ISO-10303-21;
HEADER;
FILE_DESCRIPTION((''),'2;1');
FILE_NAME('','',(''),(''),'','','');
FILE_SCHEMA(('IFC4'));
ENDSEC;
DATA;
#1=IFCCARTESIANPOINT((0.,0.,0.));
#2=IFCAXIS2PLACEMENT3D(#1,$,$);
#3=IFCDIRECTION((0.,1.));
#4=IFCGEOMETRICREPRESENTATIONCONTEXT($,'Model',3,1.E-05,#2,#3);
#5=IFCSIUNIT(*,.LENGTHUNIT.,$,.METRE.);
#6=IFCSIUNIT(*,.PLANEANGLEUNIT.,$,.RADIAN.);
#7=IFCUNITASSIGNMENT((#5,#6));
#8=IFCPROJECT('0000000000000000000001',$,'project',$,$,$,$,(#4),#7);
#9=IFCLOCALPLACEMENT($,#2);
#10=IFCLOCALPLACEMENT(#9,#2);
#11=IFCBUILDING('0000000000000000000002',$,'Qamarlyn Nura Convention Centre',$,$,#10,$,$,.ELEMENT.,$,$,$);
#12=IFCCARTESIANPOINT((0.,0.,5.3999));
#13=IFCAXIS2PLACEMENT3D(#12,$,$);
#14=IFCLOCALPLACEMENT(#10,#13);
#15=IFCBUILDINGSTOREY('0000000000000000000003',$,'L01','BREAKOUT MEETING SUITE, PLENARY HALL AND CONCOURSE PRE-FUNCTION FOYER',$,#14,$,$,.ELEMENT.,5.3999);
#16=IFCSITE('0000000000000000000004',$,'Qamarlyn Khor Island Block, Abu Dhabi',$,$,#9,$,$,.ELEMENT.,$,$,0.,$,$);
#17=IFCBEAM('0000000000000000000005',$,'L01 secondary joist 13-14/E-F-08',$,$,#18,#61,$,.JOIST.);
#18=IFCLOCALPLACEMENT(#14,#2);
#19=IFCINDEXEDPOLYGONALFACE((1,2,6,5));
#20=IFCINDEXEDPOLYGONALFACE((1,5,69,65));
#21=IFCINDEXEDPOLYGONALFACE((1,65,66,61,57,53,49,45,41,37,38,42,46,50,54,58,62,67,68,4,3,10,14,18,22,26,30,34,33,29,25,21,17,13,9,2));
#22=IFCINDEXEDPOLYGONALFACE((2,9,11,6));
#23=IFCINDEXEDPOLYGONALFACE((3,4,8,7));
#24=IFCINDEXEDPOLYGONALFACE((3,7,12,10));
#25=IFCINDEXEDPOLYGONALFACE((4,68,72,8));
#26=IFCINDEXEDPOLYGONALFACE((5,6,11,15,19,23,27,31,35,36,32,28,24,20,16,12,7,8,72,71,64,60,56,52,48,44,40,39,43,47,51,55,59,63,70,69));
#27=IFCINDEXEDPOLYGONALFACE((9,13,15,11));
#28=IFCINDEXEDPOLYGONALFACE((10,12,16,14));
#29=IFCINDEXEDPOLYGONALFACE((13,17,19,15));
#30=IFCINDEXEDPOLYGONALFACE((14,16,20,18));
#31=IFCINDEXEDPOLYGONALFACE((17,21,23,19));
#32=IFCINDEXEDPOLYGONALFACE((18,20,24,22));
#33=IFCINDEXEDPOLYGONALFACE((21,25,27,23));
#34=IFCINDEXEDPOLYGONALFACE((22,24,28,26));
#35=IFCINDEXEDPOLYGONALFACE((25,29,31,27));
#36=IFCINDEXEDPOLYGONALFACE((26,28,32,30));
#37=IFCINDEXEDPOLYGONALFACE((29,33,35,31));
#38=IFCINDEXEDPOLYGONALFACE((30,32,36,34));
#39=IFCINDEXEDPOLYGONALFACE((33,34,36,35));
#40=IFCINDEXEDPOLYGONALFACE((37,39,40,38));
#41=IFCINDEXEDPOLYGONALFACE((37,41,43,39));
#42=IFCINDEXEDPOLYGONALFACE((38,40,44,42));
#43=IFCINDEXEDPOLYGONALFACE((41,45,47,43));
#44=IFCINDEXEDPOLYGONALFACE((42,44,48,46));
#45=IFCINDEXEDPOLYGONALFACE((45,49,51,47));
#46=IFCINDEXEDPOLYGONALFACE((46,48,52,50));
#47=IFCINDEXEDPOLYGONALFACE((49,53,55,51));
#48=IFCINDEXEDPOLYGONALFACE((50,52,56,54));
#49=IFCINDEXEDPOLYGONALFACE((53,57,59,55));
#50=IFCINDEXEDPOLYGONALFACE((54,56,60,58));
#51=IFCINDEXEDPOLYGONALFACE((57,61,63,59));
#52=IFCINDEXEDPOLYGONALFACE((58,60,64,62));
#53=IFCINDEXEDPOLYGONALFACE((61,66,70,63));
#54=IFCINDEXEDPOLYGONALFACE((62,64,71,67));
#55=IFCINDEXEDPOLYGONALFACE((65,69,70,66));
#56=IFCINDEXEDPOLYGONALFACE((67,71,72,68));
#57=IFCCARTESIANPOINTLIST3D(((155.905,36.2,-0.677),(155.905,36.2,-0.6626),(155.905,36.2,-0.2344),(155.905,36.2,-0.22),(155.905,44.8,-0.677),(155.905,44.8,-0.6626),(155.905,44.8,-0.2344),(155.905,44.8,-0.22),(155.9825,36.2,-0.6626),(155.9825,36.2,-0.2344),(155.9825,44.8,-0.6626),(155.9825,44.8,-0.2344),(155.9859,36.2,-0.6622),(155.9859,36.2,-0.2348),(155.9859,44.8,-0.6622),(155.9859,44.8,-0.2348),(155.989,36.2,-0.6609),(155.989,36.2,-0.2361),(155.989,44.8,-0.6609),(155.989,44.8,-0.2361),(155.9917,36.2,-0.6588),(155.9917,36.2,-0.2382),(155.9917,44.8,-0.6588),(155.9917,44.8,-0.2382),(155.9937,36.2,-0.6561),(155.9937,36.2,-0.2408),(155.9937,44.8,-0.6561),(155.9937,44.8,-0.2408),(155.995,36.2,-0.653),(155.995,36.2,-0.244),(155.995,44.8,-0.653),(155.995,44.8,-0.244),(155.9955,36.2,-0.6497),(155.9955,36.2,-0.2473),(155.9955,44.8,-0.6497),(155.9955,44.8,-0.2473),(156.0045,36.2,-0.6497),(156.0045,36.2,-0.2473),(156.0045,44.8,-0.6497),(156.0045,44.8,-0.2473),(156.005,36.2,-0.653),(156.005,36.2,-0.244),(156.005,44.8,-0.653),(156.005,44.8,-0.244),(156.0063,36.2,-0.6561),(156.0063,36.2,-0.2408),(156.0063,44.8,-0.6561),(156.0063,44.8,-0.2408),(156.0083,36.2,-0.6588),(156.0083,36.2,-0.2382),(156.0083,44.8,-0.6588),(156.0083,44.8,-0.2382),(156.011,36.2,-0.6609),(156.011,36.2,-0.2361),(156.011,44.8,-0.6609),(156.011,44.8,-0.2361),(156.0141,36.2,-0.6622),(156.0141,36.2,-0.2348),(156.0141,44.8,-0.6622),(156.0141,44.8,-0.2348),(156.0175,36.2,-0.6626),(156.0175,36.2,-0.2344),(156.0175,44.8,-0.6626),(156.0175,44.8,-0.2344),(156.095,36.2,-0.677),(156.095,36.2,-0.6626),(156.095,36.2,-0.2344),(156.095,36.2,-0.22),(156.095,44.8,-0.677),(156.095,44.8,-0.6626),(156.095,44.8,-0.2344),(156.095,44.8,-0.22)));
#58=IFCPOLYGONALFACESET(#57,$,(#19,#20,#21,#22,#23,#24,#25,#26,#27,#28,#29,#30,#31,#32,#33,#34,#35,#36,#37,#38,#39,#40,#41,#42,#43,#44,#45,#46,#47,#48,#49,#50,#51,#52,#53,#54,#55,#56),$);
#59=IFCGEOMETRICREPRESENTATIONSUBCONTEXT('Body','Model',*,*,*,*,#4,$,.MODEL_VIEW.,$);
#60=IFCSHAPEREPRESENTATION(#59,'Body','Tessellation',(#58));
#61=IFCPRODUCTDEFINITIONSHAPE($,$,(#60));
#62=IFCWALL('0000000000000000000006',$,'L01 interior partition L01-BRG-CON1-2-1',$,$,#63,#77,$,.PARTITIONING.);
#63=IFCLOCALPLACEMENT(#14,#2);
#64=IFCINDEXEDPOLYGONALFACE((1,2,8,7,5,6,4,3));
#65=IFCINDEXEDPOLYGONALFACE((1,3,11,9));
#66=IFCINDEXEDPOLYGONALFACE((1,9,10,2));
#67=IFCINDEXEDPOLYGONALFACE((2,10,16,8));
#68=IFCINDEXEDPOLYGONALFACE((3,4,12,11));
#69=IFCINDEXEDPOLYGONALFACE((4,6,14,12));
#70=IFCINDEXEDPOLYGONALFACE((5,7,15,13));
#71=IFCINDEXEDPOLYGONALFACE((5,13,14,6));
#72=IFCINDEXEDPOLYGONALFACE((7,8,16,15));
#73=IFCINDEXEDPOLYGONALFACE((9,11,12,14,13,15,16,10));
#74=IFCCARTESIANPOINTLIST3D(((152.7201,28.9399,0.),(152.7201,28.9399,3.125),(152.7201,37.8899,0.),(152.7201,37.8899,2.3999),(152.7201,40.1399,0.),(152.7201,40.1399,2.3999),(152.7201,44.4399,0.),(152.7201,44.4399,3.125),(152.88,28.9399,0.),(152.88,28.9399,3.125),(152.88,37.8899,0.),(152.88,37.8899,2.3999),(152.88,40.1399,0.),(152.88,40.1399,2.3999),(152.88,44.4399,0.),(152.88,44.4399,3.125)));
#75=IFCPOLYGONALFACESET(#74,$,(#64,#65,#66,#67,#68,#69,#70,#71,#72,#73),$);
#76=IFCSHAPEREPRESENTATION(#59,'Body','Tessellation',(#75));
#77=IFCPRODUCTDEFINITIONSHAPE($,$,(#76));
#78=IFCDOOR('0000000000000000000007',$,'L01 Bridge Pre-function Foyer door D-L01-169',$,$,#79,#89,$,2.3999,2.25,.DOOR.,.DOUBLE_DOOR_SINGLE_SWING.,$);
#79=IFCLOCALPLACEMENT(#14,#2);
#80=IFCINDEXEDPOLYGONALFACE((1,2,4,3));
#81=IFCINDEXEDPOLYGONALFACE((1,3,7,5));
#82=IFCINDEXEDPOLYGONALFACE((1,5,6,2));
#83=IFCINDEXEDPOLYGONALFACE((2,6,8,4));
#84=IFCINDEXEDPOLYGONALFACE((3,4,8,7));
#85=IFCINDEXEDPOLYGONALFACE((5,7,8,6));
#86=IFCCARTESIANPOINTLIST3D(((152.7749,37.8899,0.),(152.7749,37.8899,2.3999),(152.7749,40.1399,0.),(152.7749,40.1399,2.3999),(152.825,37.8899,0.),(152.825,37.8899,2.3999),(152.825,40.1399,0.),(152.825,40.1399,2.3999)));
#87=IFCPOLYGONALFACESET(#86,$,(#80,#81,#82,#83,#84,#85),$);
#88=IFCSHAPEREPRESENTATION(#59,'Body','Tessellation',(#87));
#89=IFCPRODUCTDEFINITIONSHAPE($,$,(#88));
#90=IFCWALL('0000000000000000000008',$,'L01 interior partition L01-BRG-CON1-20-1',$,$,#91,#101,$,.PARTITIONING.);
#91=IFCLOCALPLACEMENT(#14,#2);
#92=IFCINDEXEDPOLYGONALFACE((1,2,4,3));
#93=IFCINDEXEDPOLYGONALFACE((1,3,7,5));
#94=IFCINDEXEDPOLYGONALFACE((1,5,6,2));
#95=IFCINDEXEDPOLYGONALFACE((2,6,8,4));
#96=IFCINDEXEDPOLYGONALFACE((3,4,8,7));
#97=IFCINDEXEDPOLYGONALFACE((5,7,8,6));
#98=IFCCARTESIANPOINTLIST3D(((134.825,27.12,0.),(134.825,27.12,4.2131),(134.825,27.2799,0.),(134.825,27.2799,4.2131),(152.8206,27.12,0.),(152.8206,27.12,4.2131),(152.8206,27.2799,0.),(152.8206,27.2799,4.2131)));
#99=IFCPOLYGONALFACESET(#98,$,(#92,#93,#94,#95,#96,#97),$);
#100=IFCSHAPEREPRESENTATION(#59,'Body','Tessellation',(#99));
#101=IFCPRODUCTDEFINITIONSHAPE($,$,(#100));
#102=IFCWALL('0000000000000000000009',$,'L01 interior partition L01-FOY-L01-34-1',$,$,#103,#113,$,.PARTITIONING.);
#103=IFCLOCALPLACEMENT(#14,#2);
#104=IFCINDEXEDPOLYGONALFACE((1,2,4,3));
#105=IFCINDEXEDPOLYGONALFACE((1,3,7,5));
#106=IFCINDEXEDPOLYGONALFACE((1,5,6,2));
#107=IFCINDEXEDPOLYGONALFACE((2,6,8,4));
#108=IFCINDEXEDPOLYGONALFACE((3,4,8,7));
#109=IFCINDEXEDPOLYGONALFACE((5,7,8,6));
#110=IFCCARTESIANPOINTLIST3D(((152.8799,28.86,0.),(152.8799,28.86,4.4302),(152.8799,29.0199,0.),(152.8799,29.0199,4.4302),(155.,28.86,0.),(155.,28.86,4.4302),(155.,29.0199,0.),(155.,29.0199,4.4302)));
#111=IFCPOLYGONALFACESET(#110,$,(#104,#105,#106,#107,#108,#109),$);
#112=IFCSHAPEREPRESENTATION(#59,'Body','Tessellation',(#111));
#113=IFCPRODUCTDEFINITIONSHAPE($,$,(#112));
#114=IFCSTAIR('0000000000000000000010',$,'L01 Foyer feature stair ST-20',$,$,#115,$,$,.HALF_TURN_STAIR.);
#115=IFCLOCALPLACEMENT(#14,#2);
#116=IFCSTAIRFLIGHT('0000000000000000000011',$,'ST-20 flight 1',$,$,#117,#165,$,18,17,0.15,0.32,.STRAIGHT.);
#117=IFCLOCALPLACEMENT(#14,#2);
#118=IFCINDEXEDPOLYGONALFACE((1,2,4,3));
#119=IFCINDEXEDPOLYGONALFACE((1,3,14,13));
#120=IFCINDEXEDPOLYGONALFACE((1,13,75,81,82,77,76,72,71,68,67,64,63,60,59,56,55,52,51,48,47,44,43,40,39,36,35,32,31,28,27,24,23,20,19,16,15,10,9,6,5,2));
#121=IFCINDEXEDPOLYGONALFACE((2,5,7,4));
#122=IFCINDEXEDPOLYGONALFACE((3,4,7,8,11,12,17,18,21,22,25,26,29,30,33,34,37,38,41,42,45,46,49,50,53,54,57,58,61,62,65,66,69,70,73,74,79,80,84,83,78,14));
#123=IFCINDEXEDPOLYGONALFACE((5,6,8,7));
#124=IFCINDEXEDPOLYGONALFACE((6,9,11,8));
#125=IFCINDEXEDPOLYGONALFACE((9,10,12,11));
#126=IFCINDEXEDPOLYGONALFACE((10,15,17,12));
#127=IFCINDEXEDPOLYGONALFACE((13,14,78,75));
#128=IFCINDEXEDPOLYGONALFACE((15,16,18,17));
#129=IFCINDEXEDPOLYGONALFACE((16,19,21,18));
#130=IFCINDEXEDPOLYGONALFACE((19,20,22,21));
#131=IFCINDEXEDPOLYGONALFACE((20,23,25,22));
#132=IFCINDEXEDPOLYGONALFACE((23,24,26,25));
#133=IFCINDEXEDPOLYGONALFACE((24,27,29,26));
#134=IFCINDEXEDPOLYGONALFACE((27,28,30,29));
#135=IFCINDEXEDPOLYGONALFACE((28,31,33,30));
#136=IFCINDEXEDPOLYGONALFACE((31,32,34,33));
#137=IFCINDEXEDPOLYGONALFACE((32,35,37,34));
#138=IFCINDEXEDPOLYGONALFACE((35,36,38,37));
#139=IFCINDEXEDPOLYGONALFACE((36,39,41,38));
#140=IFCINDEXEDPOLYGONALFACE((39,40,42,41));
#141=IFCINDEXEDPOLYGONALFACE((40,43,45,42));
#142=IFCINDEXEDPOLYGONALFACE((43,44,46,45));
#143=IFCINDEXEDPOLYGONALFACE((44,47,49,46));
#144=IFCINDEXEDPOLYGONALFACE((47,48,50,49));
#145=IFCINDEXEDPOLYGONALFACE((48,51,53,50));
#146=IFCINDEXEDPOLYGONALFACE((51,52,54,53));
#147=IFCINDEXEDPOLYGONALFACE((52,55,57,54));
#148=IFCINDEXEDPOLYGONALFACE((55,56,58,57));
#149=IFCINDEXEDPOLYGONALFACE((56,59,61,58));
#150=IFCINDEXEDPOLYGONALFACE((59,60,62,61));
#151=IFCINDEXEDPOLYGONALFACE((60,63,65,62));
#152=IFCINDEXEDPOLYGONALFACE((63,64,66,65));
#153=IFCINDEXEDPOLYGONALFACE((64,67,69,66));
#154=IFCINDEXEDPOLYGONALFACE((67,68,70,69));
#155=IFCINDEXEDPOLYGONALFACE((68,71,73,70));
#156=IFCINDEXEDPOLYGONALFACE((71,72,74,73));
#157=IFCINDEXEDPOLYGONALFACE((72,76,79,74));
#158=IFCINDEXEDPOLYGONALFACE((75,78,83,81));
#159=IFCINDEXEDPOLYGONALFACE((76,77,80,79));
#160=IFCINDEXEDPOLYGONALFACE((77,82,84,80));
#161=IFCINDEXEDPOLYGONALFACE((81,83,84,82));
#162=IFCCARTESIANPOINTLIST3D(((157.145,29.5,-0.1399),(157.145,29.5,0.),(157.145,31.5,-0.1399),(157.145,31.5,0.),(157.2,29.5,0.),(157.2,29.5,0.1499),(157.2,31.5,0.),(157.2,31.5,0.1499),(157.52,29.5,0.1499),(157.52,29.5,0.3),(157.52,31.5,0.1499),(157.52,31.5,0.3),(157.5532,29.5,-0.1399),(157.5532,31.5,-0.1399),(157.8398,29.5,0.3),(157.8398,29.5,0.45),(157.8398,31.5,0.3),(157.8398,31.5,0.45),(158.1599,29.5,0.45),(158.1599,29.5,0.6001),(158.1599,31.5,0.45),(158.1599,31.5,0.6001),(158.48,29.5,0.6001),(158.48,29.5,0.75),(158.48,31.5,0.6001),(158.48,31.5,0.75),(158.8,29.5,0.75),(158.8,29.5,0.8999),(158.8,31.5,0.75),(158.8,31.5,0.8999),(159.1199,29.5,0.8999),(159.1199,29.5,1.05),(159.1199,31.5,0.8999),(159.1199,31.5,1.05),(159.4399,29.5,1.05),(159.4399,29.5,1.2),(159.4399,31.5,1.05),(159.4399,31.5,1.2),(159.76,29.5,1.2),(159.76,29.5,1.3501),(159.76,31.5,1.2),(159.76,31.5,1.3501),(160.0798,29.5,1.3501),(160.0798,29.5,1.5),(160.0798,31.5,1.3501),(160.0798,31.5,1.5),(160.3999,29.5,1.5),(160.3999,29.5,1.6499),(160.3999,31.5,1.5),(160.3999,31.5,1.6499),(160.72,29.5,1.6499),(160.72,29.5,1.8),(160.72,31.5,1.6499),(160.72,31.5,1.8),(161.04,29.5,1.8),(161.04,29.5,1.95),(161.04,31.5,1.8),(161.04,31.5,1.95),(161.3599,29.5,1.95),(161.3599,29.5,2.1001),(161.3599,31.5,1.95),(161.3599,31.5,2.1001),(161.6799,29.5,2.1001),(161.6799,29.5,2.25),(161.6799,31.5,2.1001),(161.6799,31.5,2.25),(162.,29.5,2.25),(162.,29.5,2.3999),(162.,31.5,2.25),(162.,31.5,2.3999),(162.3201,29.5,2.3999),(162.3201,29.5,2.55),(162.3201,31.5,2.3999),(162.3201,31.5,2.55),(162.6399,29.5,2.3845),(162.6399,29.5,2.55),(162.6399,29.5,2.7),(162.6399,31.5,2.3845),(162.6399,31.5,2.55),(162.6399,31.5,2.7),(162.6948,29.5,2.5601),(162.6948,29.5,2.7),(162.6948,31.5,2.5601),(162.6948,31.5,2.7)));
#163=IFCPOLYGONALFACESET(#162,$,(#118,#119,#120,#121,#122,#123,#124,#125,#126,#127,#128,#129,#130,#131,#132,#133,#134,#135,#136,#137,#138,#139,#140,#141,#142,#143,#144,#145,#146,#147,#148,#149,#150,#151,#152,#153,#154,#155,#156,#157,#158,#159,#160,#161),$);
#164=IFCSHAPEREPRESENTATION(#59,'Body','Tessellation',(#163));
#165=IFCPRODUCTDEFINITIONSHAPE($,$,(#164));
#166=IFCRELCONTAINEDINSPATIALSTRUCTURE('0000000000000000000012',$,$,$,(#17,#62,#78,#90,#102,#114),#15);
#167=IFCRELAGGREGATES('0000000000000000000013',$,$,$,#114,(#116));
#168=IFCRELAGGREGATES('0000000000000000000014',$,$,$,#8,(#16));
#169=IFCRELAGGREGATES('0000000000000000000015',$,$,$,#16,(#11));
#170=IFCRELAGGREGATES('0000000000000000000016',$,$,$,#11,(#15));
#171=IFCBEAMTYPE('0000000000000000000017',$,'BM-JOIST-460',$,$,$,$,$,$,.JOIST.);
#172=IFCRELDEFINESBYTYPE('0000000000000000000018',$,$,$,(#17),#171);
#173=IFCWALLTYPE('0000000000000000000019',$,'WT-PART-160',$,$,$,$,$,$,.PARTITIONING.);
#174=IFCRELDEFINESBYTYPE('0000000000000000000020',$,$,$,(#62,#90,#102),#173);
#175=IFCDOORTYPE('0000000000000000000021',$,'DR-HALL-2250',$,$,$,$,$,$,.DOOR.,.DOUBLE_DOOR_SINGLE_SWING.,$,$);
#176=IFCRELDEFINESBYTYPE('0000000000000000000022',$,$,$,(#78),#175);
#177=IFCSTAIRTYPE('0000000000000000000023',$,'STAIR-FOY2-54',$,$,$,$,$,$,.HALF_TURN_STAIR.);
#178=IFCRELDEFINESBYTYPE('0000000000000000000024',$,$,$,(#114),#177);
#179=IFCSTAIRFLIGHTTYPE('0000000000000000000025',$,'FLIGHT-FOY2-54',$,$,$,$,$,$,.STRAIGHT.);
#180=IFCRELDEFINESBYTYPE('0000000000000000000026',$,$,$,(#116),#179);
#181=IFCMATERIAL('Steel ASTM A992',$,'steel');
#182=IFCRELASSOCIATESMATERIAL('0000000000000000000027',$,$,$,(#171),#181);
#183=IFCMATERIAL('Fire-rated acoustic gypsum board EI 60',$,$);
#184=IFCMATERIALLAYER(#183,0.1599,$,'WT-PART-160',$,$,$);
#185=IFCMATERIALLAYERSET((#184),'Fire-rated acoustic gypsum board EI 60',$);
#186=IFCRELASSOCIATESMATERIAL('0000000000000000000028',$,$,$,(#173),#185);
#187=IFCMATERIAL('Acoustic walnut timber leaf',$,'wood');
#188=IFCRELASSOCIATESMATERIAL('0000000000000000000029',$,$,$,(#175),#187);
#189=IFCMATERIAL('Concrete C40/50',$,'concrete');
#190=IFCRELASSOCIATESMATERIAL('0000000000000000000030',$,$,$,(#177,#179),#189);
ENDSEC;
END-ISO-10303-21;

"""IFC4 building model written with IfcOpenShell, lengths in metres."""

from ifc_helpers import new_model, si_unit, direction, frame, frame_2d, origin, origin_2d, place, context, subcontext, project, spatial, polyline, rectangle, i_section, outline, extrude, material, layer, layer_set, material_profile, profile_set, type_object, element, fill, aggregate, save


model = new_model("IFC4")

# Units and contexts
model_context = context("Model", 3, precision=1e-05, world=origin(), true_north=direction((0.0, 1.0)))
body_context = subcontext(model_context, "Body", "Model", "MODEL_VIEW")
ifc_project = project(units=[si_unit("LENGTHUNIT", "METRE"), si_unit("PLANEANGLEUNIT", "RADIAN")], contexts=[model_context])

# Site, building, storey
site_placement = place(None, origin())
site = spatial("IfcSite", under=ifc_project, at=site_placement, Name="Qamarlyn Khor Island Block, Abu Dhabi", CompositionType="ELEMENT", RefElevation=0.0)
building_placement = place(site_placement, origin())
building = spatial("IfcBuilding", under=site, at=building_placement, Name="Qamarlyn Nura Convention Centre", CompositionType="ELEMENT")
storey_placement = place(building_placement, frame((0.0, 0.0, 5.3999)))
storey = spatial("IfcBuildingStorey", under=building, at=storey_placement, Name="L01", Description="BREAKOUT MEETING SUITE, PLENARY HALL AND CONCOURSE PRE-FUNCTION FOYER", CompositionType="ELEMENT", Elevation=5.3999)

# Shared definitions
ifc_material_1 = material(Name="Steel ASTM A992", Category="steel")

# Beam
ifc_material_profile_1 = material_profile(ifc_material_1, i_section(OverallWidth=0.1899, OverallDepth=0.457, WebThickness=0.009, FlangeThickness=0.0144, FilletRadius=0.0129, at=origin_2d()), Name="W460X74")
ifc_profile_set_1 = profile_set([ifc_material_profile_1], Name="Steel ASTM A992")
beam_type_1 = type_object("IfcBeamType", Name="BM-JOIST-460", PredefinedType="JOIST", material=ifc_profile_set_1)
for number, where, z_axis, x_axis, name in (
    (1, (156.0, 36.2, -0.4485), (0.0, 1.0, 0.0), (-1.0, 0.0, 0.0), "L01 secondary joist 13-14/E-F-08"),
):
    element("IfcBeam", number, at=place(storey_placement, frame(where, z_axis=z_axis, x_axis=x_axis)), inside=storey, type_object=beam_type_1, Name=name, PredefinedType="JOIST", context=body_context, shape_type="SweptSolid", body=[
        extrude(i_section(OverallWidth=0.1899, OverallDepth=0.457, WebThickness=0.009, FlangeThickness=0.0144, FilletRadius=0.0129, at=origin_2d()), origin(), (0.0, 0.0, 1.0), 8.6001),
    ])

# Wall, opening, door
ifc_material_2 = material(Name="Fire-rated acoustic gypsum board EI 60")
ifc_layer = layer(ifc_material_2, 0.1599, Name="WT-PART-160")
ifc_layer_set = layer_set([ifc_layer], Name="Fire-rated acoustic gypsum board EI 60")
wall_type = type_object("IfcWallType", Name="WT-PART-160", PredefinedType="PARTITIONING", material=ifc_layer_set)
wall_1_placement = place(storey_placement, frame((152.8, 44.4399, 0.0), z_axis=(0.0, 0.0, 1.0), x_axis=(0.0, -1.0, 0.0)))
wall_1 = element("IfcWall", 2, at=wall_1_placement, inside=storey, type_object=wall_type, Name="L01 interior partition L01-BRG-CON1-2-1", PredefinedType="PARTITIONING", context=body_context, shape_type="SweptSolid", body=[
    extrude(rectangle(XDim=15.5, YDim=0.1599, at=frame_2d((7.75, 0.0))), origin(), (0.0, 0.0, 1.0), 3.125),
])
opening_placement = place(wall_1_placement, frame((4.3, 0.0, 0.0)))
opening = element("IfcOpeningElement", 3, at=opening_placement, cuts=wall_1, PredefinedType="OPENING", context=body_context, shape_type="SweptSolid", body=[
    extrude(rectangle(XDim=2.25, YDim=2.3999, at=frame_2d((1.125, 1.2))), frame((0.0, 0.0898, 0.0), z_axis=(0.0, -1.0, 0.0), x_axis=(1.0, 0.0, 0.0)), (0.0, 0.0, 1.0), 0.1799),
])
ifc_material_3 = material(Name="Acoustic walnut timber leaf", Category="wood")
door_type = type_object("IfcDoorType", Name="DR-HALL-2250", OperationType="DOUBLE_DOOR_SINGLE_SWING", PredefinedType="DOOR", material=ifc_material_3)
door_placement = place(opening_placement, origin())
door = element("IfcDoor", 4, at=door_placement, inside=storey, type_object=door_type, Name="L01 Bridge Pre-function Foyer door D-L01-169", OperationType="DOUBLE_DOOR_SINGLE_SWING", OverallHeight=2.3999, OverallWidth=2.25, PredefinedType="DOOR", context=body_context, shape_type="SweptSolid", body=[
    extrude(rectangle(XDim=2.25, YDim=2.3999, at=frame_2d((1.125, 1.2))), frame((0.0, 0.0249, 0.0), z_axis=(0.0, -1.0, 0.0), x_axis=(1.0, 0.0, 0.0)), (0.0, 0.0, 1.0), 0.05),
])
fill(opening, door)

# Walls
wall_2_placement = place(storey_placement, frame((152.8206, 27.2, 0.0), z_axis=(0.0, 0.0, 1.0), x_axis=(-1.0, 0.0, 0.0)))
element("IfcWall", 5, at=wall_2_placement, inside=storey, type_object=wall_type, Name="L01 interior partition L01-BRG-CON1-20-1", PredefinedType="PARTITIONING", context=body_context, shape_type="SweptSolid", body=[
    extrude(rectangle(XDim=17.9956, YDim=0.1599, at=frame_2d((8.9978, 0.0))), origin(), (0.0, 0.0, 1.0), 4.2131),
])
wall_3_placement = place(storey_placement, frame((155.0, 28.9399, 0.0), z_axis=(0.0, 0.0, 1.0), x_axis=(-1.0, 0.0, 0.0)))
element("IfcWall", 6, at=wall_3_placement, inside=storey, type_object=wall_type, Name="L01 interior partition L01-FOY-L01-34-1", PredefinedType="PARTITIONING", context=body_context, shape_type="SweptSolid", body=[
    extrude(rectangle(XDim=2.1201, YDim=0.1599, at=frame_2d((1.0601, 0.0))), origin(), (0.0, 0.0, 1.0), 4.4302),
])

# Stair, stair flight
ifc_material_4 = material(Name="Concrete C40/50", Category="concrete")
stair_type = type_object("IfcStairType", Name="STAIR-FOY2-54", PredefinedType="HALF_TURN_STAIR", material=ifc_material_4)
stair_placement = place(storey_placement, origin())
stair = element("IfcStair", 7, at=stair_placement, inside=storey, type_object=stair_type, Name="L01 Foyer feature stair ST-20", PredefinedType="HALF_TURN_STAIR")
stair_flight_type = type_object("IfcStairFlightType", Name="FLIGHT-FOY2-54", PredefinedType="STRAIGHT", material=ifc_material_4)
stair_flight_placement = place(storey_placement, frame((157.2, 30.5, 0.0), z_axis=(0.0, 0.0, 1.0), x_axis=(1.0, 0.0, 0.0)))
stair_flight = element("IfcStairFlight", 8, at=stair_flight_placement, type_object=stair_flight_type, Name="ST-20 flight 1", NumberOfRisers=18, NumberOfTreads=17, PredefinedType="STRAIGHT", RiserHeight=0.15, TreadLength=0.32, context=body_context, shape_type="SweptSolid", body=[
    extrude(outline(polyline([(-0.0549, 0.0), (0.0, 0.0), (0.0, 0.1499), (0.3201, 0.1499), (0.3201, 0.3), (0.6399, 0.3), (0.6399, 0.45), (0.96, 0.45), (0.96, 0.6001), (1.28, 0.6001), (1.28, 0.75), (1.6001, 0.75), (1.6001, 0.8999), (1.9199, 0.8999), (1.9199, 1.05), (2.24, 1.05), (2.24, 1.2), (2.5601, 1.2), (2.5601, 1.3501), (2.8799, 1.3501), (2.8799, 1.5), (3.2, 1.5), (3.2, 1.6499), (3.52, 1.6499), (3.52, 1.8), (3.8401, 1.8), (3.8401, 1.95), (4.1599, 1.95), (4.1599, 2.1001), (4.48, 2.1001), (4.48, 2.25), (4.8, 2.25), (4.8, 2.3999), (5.1201, 2.3999), (5.1201, 2.55), (5.4399, 2.55), (5.4399, 2.7), (5.4949, 2.7), (5.4949, 2.5601), (5.4399, 2.3845), (0.3533, -0.1399), (-0.0549, -0.1399), (-0.0549, 0.0)])), frame((0.0, 1.0, 0.0), z_axis=(0.0, -1.0, 0.0), x_axis=(1.0, 0.0, 0.0)), (0.0, 0.0, 1.0), 2.0),
])
aggregate(stair, [stair_flight])

save(model, "model.ifc")
